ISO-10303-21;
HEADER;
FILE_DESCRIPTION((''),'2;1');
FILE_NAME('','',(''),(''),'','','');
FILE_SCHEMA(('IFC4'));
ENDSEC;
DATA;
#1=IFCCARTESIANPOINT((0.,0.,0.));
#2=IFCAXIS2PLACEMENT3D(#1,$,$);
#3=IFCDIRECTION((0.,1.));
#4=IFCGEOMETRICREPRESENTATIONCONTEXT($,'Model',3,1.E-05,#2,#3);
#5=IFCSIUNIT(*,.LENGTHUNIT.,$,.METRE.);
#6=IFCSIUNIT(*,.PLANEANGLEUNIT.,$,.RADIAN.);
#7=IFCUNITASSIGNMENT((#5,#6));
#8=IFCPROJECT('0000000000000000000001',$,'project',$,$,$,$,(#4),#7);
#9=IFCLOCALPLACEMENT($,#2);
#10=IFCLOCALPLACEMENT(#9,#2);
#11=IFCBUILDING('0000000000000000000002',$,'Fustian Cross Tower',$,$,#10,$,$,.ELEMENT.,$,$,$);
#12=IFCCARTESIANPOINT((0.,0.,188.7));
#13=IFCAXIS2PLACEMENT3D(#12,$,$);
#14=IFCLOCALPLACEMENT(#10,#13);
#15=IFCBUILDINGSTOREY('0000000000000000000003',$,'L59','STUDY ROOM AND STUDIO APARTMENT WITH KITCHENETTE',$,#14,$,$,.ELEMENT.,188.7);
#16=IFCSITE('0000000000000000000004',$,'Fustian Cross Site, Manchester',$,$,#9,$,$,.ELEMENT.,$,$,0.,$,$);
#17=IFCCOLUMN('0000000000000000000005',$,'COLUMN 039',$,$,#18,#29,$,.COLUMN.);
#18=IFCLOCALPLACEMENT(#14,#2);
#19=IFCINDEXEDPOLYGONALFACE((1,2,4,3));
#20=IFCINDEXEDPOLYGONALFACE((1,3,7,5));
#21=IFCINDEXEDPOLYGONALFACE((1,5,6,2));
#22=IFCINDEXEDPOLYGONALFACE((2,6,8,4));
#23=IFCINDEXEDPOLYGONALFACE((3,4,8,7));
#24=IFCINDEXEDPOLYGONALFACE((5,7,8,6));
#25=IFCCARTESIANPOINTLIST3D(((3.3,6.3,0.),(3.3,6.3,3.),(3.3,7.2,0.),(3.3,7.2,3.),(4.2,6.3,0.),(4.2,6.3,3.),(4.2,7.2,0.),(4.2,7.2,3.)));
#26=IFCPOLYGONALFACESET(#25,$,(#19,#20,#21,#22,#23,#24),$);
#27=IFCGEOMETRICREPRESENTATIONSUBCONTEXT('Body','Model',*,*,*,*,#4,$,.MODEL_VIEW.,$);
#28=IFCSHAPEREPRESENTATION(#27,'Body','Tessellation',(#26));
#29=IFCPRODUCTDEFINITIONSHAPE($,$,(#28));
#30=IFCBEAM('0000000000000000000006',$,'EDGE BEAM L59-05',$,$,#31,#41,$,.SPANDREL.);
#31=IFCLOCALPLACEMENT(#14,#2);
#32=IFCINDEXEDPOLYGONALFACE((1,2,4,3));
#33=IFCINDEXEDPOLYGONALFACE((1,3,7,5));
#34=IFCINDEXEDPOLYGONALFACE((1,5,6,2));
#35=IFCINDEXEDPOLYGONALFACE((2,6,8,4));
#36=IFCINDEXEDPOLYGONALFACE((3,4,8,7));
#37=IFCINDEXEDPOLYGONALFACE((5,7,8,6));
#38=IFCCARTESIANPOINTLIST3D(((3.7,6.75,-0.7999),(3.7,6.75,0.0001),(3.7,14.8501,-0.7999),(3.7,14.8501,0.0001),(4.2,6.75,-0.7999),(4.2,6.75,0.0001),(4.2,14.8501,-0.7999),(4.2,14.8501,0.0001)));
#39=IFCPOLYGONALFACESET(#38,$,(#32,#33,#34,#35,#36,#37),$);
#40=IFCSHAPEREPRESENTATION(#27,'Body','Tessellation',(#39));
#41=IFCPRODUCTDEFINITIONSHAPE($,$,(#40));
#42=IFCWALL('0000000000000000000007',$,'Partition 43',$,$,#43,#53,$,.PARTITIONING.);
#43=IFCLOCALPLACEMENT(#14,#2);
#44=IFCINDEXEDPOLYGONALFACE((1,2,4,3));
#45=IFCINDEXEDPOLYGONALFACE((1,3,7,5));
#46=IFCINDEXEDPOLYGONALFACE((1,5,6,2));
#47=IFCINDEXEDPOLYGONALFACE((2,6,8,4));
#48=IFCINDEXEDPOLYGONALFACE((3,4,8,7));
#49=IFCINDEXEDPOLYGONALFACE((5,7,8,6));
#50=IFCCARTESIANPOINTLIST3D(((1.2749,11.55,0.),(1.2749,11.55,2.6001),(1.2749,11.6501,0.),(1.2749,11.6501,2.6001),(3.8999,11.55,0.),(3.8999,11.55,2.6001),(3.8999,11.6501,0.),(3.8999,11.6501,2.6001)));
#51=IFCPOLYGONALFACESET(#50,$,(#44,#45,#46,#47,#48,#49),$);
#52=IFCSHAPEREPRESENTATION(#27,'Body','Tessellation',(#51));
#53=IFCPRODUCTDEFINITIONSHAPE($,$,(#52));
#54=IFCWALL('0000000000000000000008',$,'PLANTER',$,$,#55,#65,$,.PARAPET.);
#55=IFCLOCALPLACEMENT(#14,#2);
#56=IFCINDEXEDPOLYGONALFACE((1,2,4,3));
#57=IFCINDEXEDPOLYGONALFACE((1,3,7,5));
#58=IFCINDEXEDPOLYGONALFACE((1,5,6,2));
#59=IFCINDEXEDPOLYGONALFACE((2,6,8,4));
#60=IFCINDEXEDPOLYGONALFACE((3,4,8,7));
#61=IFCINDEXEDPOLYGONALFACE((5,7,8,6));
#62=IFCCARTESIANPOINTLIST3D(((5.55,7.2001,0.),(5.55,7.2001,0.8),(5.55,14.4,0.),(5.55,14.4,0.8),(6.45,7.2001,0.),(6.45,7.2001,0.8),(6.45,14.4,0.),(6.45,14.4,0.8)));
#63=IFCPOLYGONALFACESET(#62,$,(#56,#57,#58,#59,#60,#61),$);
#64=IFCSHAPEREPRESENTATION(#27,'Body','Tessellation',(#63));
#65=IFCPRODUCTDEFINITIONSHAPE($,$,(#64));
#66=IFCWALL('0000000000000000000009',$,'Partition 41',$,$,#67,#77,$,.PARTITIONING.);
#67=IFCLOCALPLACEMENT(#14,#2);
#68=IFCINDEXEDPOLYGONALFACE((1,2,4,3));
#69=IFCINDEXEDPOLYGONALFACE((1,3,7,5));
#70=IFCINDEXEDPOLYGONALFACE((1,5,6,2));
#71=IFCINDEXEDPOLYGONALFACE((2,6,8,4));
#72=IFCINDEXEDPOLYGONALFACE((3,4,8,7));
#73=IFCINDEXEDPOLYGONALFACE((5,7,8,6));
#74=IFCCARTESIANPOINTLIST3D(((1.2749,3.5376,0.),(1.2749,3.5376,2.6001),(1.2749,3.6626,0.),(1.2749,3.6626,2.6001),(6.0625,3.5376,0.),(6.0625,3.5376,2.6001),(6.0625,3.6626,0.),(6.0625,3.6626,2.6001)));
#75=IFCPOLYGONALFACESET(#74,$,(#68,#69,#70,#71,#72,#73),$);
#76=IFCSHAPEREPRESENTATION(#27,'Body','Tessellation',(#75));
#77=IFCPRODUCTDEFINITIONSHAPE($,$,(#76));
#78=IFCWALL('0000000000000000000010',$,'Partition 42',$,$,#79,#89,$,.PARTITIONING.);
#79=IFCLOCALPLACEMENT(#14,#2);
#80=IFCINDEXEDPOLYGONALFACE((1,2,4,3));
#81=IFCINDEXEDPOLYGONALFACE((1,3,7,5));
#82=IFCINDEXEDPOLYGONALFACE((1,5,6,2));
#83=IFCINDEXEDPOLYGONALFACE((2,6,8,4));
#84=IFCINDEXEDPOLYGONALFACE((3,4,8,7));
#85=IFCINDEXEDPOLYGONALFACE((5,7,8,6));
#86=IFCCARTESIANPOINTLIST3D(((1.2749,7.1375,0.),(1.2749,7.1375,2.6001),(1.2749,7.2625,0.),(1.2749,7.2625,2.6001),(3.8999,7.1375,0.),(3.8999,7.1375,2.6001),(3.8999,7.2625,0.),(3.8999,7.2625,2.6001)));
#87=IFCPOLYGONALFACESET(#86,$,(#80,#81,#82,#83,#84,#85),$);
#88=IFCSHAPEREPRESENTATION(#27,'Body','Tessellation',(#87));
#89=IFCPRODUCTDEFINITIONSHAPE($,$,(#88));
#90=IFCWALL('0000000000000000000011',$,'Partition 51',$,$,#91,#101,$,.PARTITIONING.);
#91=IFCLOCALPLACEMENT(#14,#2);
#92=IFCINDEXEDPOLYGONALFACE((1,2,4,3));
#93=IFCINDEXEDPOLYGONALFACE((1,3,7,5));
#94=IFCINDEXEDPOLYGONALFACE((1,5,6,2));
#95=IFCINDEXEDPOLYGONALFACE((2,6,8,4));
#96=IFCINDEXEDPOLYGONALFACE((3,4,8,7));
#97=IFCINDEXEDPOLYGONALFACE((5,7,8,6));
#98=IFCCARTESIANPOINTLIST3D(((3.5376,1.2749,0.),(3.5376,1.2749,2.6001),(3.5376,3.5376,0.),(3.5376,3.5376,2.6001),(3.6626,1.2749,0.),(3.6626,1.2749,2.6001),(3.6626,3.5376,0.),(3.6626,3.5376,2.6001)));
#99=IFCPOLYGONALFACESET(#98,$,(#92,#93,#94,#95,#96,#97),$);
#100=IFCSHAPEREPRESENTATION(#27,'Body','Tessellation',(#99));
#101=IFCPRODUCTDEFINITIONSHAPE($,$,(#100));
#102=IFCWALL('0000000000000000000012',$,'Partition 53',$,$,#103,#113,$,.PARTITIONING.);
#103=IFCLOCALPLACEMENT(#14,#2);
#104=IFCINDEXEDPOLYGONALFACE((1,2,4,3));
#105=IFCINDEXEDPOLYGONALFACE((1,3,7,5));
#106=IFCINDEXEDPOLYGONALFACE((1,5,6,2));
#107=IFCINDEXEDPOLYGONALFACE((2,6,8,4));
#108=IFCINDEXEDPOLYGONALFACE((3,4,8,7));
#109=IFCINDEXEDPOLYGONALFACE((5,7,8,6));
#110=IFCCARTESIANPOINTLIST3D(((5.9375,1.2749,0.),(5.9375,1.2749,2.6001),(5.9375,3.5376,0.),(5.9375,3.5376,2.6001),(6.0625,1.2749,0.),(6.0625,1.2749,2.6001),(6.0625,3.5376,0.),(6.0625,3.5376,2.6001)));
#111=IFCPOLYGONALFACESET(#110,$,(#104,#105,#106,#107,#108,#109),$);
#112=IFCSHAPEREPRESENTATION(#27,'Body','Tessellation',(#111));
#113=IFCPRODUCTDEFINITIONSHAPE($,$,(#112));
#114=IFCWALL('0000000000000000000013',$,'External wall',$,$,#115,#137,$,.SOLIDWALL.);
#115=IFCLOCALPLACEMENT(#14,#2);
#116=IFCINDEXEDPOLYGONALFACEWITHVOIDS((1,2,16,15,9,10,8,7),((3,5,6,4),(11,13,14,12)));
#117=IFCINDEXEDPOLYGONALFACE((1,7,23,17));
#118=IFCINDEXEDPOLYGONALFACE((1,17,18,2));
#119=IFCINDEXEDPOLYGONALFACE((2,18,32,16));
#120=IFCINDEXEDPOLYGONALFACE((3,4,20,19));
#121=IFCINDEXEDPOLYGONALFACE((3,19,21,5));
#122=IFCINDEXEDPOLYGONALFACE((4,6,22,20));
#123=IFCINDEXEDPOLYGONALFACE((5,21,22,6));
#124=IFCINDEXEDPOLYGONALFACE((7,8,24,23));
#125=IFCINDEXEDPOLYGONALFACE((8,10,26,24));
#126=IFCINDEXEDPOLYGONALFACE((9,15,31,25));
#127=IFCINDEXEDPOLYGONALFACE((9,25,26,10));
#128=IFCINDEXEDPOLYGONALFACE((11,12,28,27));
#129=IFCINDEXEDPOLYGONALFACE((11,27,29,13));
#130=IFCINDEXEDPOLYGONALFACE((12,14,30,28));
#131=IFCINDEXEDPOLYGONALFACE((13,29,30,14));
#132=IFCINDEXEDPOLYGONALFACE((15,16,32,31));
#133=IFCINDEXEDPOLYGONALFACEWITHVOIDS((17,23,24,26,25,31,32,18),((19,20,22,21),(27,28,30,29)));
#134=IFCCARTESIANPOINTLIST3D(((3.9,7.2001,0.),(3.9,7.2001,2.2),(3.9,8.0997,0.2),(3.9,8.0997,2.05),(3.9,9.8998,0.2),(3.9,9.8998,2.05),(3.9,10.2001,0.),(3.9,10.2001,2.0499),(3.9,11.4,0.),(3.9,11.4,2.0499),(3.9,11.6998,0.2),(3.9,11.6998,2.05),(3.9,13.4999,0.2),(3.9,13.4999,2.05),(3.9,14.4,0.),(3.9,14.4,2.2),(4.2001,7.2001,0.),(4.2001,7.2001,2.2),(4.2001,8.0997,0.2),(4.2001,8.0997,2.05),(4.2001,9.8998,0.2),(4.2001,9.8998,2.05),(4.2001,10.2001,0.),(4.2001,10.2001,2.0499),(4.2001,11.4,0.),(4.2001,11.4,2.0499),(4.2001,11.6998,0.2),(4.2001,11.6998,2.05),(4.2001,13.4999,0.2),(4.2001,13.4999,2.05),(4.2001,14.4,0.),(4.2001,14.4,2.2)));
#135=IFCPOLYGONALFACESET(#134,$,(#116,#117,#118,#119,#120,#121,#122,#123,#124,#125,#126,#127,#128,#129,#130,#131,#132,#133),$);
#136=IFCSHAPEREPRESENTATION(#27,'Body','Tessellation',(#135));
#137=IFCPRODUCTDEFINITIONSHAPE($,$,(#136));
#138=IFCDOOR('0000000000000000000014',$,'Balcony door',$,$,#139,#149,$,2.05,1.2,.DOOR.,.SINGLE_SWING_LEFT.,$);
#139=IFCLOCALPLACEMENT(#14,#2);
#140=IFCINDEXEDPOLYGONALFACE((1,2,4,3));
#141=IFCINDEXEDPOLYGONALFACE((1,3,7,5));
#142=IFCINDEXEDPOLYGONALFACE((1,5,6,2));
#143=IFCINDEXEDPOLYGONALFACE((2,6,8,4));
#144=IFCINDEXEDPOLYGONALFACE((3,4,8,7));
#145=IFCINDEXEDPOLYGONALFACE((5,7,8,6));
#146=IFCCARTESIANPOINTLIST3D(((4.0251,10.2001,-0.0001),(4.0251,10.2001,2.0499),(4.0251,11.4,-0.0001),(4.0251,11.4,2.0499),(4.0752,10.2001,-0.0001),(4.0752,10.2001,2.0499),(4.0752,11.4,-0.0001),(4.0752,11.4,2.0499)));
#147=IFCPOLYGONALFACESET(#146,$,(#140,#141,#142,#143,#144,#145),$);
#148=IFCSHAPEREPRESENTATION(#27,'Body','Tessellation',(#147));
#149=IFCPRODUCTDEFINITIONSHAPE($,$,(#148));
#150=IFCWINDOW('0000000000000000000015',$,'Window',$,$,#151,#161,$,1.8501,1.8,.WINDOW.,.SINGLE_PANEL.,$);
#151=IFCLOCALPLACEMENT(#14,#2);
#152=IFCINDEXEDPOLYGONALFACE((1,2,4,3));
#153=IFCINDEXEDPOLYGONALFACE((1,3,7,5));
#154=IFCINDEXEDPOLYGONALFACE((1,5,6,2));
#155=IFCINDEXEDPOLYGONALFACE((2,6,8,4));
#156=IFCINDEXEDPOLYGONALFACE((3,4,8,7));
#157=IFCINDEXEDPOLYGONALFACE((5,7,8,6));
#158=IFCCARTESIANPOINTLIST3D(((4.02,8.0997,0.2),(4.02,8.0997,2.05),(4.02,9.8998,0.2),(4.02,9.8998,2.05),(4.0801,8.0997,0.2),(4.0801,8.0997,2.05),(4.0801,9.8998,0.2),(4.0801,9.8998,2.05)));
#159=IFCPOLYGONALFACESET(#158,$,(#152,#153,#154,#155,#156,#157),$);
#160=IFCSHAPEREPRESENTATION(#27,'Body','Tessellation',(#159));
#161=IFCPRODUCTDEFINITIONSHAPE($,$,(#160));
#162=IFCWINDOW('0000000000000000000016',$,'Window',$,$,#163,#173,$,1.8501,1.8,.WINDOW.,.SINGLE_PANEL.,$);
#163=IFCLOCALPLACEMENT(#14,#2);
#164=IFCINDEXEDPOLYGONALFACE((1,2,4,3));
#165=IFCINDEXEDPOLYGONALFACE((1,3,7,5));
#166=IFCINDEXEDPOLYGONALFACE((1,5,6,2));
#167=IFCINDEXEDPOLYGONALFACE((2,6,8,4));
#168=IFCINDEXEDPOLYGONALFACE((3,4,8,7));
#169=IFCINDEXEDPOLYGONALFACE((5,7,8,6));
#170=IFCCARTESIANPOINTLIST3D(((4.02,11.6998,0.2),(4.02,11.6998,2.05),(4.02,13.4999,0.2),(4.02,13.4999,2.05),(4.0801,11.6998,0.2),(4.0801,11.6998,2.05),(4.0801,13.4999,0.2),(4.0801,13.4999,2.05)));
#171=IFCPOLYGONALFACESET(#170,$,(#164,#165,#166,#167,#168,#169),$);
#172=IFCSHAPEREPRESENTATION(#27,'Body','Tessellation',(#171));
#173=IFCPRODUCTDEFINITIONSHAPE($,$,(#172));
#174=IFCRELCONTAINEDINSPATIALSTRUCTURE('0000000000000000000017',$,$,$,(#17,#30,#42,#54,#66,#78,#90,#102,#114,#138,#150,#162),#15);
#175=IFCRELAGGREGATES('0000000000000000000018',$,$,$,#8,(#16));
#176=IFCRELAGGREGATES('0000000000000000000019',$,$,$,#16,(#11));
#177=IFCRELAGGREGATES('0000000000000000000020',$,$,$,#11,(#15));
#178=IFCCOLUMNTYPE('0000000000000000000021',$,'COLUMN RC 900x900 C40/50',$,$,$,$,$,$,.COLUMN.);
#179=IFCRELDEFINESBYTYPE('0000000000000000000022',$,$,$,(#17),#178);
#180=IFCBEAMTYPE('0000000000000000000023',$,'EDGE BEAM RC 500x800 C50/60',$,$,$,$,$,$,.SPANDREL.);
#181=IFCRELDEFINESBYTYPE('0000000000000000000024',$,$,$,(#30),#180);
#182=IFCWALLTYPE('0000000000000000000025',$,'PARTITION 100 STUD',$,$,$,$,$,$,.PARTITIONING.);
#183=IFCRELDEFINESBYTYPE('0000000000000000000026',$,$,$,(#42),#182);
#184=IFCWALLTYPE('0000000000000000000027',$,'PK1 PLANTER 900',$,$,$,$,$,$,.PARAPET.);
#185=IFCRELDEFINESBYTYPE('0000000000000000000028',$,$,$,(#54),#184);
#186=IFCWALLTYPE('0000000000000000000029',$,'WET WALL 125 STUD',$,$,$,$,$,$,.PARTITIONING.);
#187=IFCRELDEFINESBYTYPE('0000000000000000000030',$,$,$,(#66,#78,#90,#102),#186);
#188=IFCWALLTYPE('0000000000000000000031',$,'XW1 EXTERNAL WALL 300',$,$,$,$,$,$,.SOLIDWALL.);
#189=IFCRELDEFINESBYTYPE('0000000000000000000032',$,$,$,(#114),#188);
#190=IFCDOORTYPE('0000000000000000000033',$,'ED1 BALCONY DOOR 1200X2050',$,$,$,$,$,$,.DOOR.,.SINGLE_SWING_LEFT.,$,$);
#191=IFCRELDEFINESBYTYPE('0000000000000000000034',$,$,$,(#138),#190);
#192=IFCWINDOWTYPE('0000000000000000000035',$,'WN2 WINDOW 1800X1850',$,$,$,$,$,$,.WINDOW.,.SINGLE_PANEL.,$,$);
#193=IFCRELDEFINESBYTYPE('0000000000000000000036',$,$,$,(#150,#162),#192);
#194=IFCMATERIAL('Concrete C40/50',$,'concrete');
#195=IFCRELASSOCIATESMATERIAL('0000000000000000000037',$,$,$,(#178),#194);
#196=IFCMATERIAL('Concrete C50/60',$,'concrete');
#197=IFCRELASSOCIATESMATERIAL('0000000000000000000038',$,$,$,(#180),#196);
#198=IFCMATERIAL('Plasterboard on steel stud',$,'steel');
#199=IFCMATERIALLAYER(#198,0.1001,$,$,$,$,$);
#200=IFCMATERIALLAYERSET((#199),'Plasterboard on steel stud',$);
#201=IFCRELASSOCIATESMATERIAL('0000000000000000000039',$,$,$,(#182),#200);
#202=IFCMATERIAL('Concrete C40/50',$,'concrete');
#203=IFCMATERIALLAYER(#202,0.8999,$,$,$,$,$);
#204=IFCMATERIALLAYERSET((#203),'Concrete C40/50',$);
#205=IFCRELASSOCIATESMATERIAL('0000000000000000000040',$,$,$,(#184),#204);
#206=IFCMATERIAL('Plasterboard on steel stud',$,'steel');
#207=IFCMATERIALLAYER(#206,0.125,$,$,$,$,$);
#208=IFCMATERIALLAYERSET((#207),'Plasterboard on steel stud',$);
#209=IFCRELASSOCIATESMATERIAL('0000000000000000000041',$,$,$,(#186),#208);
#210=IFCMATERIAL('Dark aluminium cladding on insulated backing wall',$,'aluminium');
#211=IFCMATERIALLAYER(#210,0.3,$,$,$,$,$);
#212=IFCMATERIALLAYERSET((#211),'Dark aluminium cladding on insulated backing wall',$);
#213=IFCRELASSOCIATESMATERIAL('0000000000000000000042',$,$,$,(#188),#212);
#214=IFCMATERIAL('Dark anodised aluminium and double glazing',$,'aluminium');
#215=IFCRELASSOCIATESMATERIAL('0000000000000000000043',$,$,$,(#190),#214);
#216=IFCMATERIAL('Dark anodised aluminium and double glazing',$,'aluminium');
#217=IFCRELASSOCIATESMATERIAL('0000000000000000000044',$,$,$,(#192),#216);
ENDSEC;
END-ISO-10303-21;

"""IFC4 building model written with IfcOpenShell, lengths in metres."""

from ifc_helpers import new_model, si_unit, direction, frame, frame_2d, origin, origin_2d, place, context, subcontext, project, spatial, rectangle, extrude, material, layer, layer_set, material_profile, profile_set, type_object, element, fill, save


model = new_model("IFC4")

# Units and contexts
model_context = context("Model", 3, precision=1e-05, world=origin(), true_north=direction((0.0, 1.0)))
body_context = subcontext(model_context, "Body", "Model", "MODEL_VIEW")
ifc_project = project(units=[si_unit("LENGTHUNIT", "METRE"), si_unit("PLANEANGLEUNIT", "RADIAN")], contexts=[model_context])

# Site, building, storey
site_placement = place(None, origin())
site = spatial("IfcSite", under=ifc_project, at=site_placement, Name="Fustian Cross Site, Manchester", CompositionType="ELEMENT", RefElevation=0.0)
building_placement = place(site_placement, origin())
building = spatial("IfcBuilding", under=site, at=building_placement, Name="Fustian Cross Tower", CompositionType="ELEMENT")
storey_placement = place(building_placement, frame((0.0, 0.0, 188.7)))
storey = spatial("IfcBuildingStorey", under=building, at=storey_placement, Name="L59", Description="STUDY ROOM AND STUDIO APARTMENT WITH KITCHENETTE", CompositionType="ELEMENT", Elevation=188.7)

# Column
ifc_material_1 = material(Name="Concrete C40/50", Category="concrete")
ifc_material_profile_1 = material_profile(ifc_material_1, rectangle(XDim=0.8999, YDim=0.8999, at=origin_2d()), Name="RC 900x900")
ifc_profile_set_1 = profile_set([ifc_material_profile_1], Name="Concrete C40/50")
column_type = type_object("IfcColumnType", Name="COLUMN RC 900x900 C40/50", PredefinedType="COLUMN", material=ifc_profile_set_1)
column_placement = place(storey_placement, frame((3.75, 6.75, 0.0), z_axis=(0.0, 0.0, 1.0), x_axis=(1.0, 0.0, 0.0)))
element("IfcColumn", 1, at=column_placement, inside=storey, type_object=column_type, Name="COLUMN 039", PredefinedType="COLUMN", context=body_context, shape_type="SweptSolid", body=[
    extrude(rectangle(XDim=0.8999, YDim=0.8999, at=origin_2d()), origin(), (0.0, 0.0, 1.0), 3.0),
])

# Beam
ifc_material_2 = material(Name="Concrete C50/60", Category="concrete")
ifc_material_profile_2 = material_profile(ifc_material_2, rectangle(XDim=0.5, YDim=0.8, at=origin_2d()), Name="RC 500x800")
ifc_profile_set_2 = profile_set([ifc_material_profile_2], Name="Concrete C50/60")
beam_type = type_object("IfcBeamType", Name="EDGE BEAM RC 500x800 C50/60", PredefinedType="SPANDREL", material=ifc_profile_set_2)
beam_placement = place(storey_placement, frame((3.95, 6.75, -0.3999), z_axis=(0.0, 1.0, 0.0), x_axis=(-1.0, 0.0, 0.0)))
element("IfcBeam", 2, at=beam_placement, inside=storey, type_object=beam_type, Name="EDGE BEAM L59-05", PredefinedType="SPANDREL", context=body_context, shape_type="SweptSolid", body=[
    extrude(rectangle(XDim=0.5, YDim=0.8, at=origin_2d()), origin(), (0.0, 0.0, 1.0), 8.1001),
])

# Walls
ifc_material_3 = material(Name="Plasterboard on steel stud", Category="steel")
ifc_layer_1 = layer(ifc_material_3, 0.1001)
ifc_layer_set_1 = layer_set([ifc_layer_1], Name="Plasterboard on steel stud")
wall_type_1 = type_object("IfcWallType", Name="PARTITION 100 STUD", PredefinedType="PARTITIONING", material=ifc_layer_set_1)
wall_1_placement = place(storey_placement, frame((1.2749, 11.6001, 0.0), z_axis=(0.0, 0.0, 1.0), x_axis=(1.0, 0.0, 0.0)))
element("IfcWall", 3, at=wall_1_placement, inside=storey, type_object=wall_type_1, Name="Partition 43", PredefinedType="PARTITIONING", context=body_context, shape_type="SweptSolid", body=[
    extrude(rectangle(XDim=2.625, YDim=0.1001, at=frame_2d((1.3125, 0.0))), origin(), (0.0, 0.0, 1.0), 2.6001),
])
ifc_material_4 = material(Name="Concrete C40/50", Category="concrete")
ifc_layer_2 = layer(ifc_material_4, 0.8999)
ifc_layer_set_2 = layer_set([ifc_layer_2], Name="Concrete C40/50")
wall_type_2 = type_object("IfcWallType", Name="PK1 PLANTER 900", PredefinedType="PARAPET", material=ifc_layer_set_2)
wall_2_placement = place(storey_placement, frame((6.0, 7.2, 0.0), z_axis=(0.0, 0.0, 1.0), x_axis=(0.0, 1.0, 0.0)))
element("IfcWall", 4, at=wall_2_placement, inside=storey, type_object=wall_type_2, Name="PLANTER", PredefinedType="PARAPET", context=body_context, shape_type="SweptSolid", body=[
    extrude(rectangle(XDim=7.2, YDim=0.8999, at=frame_2d((3.6001, 0.0))), origin(), (0.0, 0.0, 1.0), 0.8),
])
ifc_material_5 = material(Name="Plasterboard on steel stud", Category="steel")
ifc_layer_3 = layer(ifc_material_5, 0.125)
ifc_layer_set_3 = layer_set([ifc_layer_3], Name="Plasterboard on steel stud")
wall_type_3 = type_object("IfcWallType", Name="WET WALL 125 STUD", PredefinedType="PARTITIONING", material=ifc_layer_set_3)
wall_3_placement = place(storey_placement, frame((1.2749, 3.6001, 0.0), z_axis=(0.0, 0.0, 1.0), x_axis=(1.0, 0.0, 0.0)))
element("IfcWall", 5, at=wall_3_placement, inside=storey, type_object=wall_type_3, Name="Partition 41", PredefinedType="PARTITIONING", context=body_context, shape_type="SweptSolid", body=[
    extrude(rectangle(XDim=4.7876, YDim=0.125, at=frame_2d((2.3938, 0.0))), origin(), (0.0, 0.0, 1.0), 2.6001),
])
wall_4_placement = place(storey_placement, frame((1.2749, 7.2, 0.0), z_axis=(0.0, 0.0, 1.0), x_axis=(1.0, 0.0, 0.0)))
element("IfcWall", 6, at=wall_4_placement, inside=storey, type_object=wall_type_3, Name="Partition 42", PredefinedType="PARTITIONING", context=body_context, shape_type="SweptSolid", body=[
    extrude(rectangle(XDim=2.625, YDim=0.125, at=frame_2d((1.3125, 0.0))), origin(), (0.0, 0.0, 1.0), 2.6001),
])
for number, where, z_axis, x_axis, name in (
    (7, (3.6001, 1.2749, 0.0), (0.0, 0.0, 1.0), (0.0, 1.0, 0.0), "Partition 51"),
    (8, (6.0, 1.2749, 0.0), (0.0, 0.0, 1.0), (0.0, 1.0, 0.0), "Partition 53"),
):
    element("IfcWall", number, at=place(storey_placement, frame(where, z_axis=z_axis, x_axis=x_axis)), inside=storey, type_object=wall_type_3, Name=name, PredefinedType="PARTITIONING", context=body_context, shape_type="SweptSolid", body=[
        extrude(rectangle(XDim=2.2627, YDim=0.125, at=frame_2d((1.1313, 0.0))), origin(), (0.0, 0.0, 1.0), 2.6001),
    ])

# Wall, openings, door, windows
ifc_material_6 = material(Name="Dark aluminium cladding on insulated backing wall", Category="aluminium")
ifc_layer_4 = layer(ifc_material_6, 0.3)
ifc_layer_set_4 = layer_set([ifc_layer_4], Name="Dark aluminium cladding on insulated backing wall")
wall_type_4 = type_object("IfcWallType", Name="XW1 EXTERNAL WALL 300", PredefinedType="SOLIDWALL", material=ifc_layer_set_4)
wall_5_placement = place(storey_placement, frame((4.05, 7.2, 0.0), z_axis=(0.0, 0.0, 1.0), x_axis=(0.0, 1.0, 0.0)))
wall_5 = element("IfcWall", 9, at=wall_5_placement, inside=storey, type_object=wall_type_4, Name="External wall", PredefinedType="SOLIDWALL", context=body_context, shape_type="SweptSolid", body=[
    extrude(rectangle(XDim=7.2, YDim=0.3, at=frame_2d((3.6001, 0.0))), origin(), (0.0, 0.0, 1.0), 2.2),
])
opening_1_placement = place(wall_5_placement, frame((3.0, 0.0, 0.0)))
opening_1 = element("IfcOpeningElement", 10, at=opening_1_placement, cuts=wall_5, PredefinedType="OPENING", context=body_context, shape_type="SweptSolid", body=[
    extrude(rectangle(XDim=1.2, YDim=2.05, at=frame_2d((0.6001, 1.0249))), frame((0.0, 0.1599, 0.0), z_axis=(0.0, -1.0, 0.0), x_axis=(1.0, 0.0, 0.0)), (0.0, 0.0, 1.0), 0.3201),
])
opening_2_placement = place(wall_5_placement, frame((0.8999, 0.0, 0.2)))
opening_2 = element("IfcOpeningElement", 11, at=opening_2_placement, cuts=wall_5, PredefinedType="OPENING", context=body_context, shape_type="SweptSolid", body=[
    extrude(rectangle(XDim=1.8, YDim=1.8501, at=frame_2d((0.8999, 0.925))), frame((0.0, 0.1599, 0.0), z_axis=(0.0, -1.0, 0.0), x_axis=(1.0, 0.0, 0.0)), (0.0, 0.0, 1.0), 0.3201),
])
opening_3_placement = place(wall_5_placement, frame((4.5, 0.0, 0.2)))
opening_3 = element("IfcOpeningElement", 12, at=opening_3_placement, cuts=wall_5, PredefinedType="OPENING", context=body_context, shape_type="SweptSolid", body=[
    extrude(rectangle(XDim=1.8, YDim=1.8501, at=frame_2d((0.8999, 0.925))), frame((0.0, 0.1599, 0.0), z_axis=(0.0, -1.0, 0.0), x_axis=(1.0, 0.0, 0.0)), (0.0, 0.0, 1.0), 0.3201),
])
ifc_material_7 = material(Name="Dark anodised aluminium and double glazing", Category="aluminium")
door_type = type_object("IfcDoorType", Name="ED1 BALCONY DOOR 1200X2050", OperationType="SINGLE_SWING_LEFT", PredefinedType="DOOR", material=ifc_material_7)
door_placement = place(opening_1_placement, origin())
door = element("IfcDoor", 13, at=door_placement, inside=storey, type_object=door_type, Name="Balcony door", OperationType="SINGLE_SWING_LEFT", OverallHeight=2.05, OverallWidth=1.2, PredefinedType="DOOR", context=body_context, shape_type="SweptSolid", body=[
    extrude(rectangle(XDim=1.2, YDim=2.05, at=frame_2d((0.6001, 1.0249))), frame((0.0, 0.0249, 0.0), z_axis=(0.0, -1.0, 0.0), x_axis=(1.0, 0.0, 0.0)), (0.0, 0.0, 1.0), 0.05),
])
fill(opening_1, door)
ifc_material_8 = material(Name="Dark anodised aluminium and double glazing", Category="aluminium")
window_type = type_object("IfcWindowType", Name="WN2 WINDOW 1800X1850", PartitioningType="SINGLE_PANEL", PredefinedType="WINDOW", material=ifc_material_8)
window_1_placement = place(opening_2_placement, origin())
window_1 = element("IfcWindow", 14, at=window_1_placement, inside=storey, type_object=window_type, Name="Window", OverallHeight=1.8501, OverallWidth=1.8, PartitioningType="SINGLE_PANEL", PredefinedType="WINDOW", context=body_context, shape_type="SweptSolid", body=[
    extrude(rectangle(XDim=1.8, YDim=1.8501, at=frame_2d((0.8999, 0.925))), frame((0.0, 0.03, 0.0), z_axis=(0.0, -1.0, 0.0), x_axis=(1.0, 0.0, 0.0)), (0.0, 0.0, 1.0), 0.0601),
])
fill(opening_2, window_1)
window_2_placement = place(opening_3_placement, origin())
window_2 = element("IfcWindow", 15, at=window_2_placement, inside=storey, type_object=window_type, Name="Window", OverallHeight=1.8501, OverallWidth=1.8, PartitioningType="SINGLE_PANEL", PredefinedType="WINDOW", context=body_context, shape_type="SweptSolid", body=[
    extrude(rectangle(XDim=1.8, YDim=1.8501, at=frame_2d((0.8999, 0.925))), frame((0.0, 0.03, 0.0), z_axis=(0.0, -1.0, 0.0), x_axis=(1.0, 0.0, 0.0)), (0.0, 0.0, 1.0), 0.0601),
])
fill(opening_3, window_2)

save(model, "model.ifc")
